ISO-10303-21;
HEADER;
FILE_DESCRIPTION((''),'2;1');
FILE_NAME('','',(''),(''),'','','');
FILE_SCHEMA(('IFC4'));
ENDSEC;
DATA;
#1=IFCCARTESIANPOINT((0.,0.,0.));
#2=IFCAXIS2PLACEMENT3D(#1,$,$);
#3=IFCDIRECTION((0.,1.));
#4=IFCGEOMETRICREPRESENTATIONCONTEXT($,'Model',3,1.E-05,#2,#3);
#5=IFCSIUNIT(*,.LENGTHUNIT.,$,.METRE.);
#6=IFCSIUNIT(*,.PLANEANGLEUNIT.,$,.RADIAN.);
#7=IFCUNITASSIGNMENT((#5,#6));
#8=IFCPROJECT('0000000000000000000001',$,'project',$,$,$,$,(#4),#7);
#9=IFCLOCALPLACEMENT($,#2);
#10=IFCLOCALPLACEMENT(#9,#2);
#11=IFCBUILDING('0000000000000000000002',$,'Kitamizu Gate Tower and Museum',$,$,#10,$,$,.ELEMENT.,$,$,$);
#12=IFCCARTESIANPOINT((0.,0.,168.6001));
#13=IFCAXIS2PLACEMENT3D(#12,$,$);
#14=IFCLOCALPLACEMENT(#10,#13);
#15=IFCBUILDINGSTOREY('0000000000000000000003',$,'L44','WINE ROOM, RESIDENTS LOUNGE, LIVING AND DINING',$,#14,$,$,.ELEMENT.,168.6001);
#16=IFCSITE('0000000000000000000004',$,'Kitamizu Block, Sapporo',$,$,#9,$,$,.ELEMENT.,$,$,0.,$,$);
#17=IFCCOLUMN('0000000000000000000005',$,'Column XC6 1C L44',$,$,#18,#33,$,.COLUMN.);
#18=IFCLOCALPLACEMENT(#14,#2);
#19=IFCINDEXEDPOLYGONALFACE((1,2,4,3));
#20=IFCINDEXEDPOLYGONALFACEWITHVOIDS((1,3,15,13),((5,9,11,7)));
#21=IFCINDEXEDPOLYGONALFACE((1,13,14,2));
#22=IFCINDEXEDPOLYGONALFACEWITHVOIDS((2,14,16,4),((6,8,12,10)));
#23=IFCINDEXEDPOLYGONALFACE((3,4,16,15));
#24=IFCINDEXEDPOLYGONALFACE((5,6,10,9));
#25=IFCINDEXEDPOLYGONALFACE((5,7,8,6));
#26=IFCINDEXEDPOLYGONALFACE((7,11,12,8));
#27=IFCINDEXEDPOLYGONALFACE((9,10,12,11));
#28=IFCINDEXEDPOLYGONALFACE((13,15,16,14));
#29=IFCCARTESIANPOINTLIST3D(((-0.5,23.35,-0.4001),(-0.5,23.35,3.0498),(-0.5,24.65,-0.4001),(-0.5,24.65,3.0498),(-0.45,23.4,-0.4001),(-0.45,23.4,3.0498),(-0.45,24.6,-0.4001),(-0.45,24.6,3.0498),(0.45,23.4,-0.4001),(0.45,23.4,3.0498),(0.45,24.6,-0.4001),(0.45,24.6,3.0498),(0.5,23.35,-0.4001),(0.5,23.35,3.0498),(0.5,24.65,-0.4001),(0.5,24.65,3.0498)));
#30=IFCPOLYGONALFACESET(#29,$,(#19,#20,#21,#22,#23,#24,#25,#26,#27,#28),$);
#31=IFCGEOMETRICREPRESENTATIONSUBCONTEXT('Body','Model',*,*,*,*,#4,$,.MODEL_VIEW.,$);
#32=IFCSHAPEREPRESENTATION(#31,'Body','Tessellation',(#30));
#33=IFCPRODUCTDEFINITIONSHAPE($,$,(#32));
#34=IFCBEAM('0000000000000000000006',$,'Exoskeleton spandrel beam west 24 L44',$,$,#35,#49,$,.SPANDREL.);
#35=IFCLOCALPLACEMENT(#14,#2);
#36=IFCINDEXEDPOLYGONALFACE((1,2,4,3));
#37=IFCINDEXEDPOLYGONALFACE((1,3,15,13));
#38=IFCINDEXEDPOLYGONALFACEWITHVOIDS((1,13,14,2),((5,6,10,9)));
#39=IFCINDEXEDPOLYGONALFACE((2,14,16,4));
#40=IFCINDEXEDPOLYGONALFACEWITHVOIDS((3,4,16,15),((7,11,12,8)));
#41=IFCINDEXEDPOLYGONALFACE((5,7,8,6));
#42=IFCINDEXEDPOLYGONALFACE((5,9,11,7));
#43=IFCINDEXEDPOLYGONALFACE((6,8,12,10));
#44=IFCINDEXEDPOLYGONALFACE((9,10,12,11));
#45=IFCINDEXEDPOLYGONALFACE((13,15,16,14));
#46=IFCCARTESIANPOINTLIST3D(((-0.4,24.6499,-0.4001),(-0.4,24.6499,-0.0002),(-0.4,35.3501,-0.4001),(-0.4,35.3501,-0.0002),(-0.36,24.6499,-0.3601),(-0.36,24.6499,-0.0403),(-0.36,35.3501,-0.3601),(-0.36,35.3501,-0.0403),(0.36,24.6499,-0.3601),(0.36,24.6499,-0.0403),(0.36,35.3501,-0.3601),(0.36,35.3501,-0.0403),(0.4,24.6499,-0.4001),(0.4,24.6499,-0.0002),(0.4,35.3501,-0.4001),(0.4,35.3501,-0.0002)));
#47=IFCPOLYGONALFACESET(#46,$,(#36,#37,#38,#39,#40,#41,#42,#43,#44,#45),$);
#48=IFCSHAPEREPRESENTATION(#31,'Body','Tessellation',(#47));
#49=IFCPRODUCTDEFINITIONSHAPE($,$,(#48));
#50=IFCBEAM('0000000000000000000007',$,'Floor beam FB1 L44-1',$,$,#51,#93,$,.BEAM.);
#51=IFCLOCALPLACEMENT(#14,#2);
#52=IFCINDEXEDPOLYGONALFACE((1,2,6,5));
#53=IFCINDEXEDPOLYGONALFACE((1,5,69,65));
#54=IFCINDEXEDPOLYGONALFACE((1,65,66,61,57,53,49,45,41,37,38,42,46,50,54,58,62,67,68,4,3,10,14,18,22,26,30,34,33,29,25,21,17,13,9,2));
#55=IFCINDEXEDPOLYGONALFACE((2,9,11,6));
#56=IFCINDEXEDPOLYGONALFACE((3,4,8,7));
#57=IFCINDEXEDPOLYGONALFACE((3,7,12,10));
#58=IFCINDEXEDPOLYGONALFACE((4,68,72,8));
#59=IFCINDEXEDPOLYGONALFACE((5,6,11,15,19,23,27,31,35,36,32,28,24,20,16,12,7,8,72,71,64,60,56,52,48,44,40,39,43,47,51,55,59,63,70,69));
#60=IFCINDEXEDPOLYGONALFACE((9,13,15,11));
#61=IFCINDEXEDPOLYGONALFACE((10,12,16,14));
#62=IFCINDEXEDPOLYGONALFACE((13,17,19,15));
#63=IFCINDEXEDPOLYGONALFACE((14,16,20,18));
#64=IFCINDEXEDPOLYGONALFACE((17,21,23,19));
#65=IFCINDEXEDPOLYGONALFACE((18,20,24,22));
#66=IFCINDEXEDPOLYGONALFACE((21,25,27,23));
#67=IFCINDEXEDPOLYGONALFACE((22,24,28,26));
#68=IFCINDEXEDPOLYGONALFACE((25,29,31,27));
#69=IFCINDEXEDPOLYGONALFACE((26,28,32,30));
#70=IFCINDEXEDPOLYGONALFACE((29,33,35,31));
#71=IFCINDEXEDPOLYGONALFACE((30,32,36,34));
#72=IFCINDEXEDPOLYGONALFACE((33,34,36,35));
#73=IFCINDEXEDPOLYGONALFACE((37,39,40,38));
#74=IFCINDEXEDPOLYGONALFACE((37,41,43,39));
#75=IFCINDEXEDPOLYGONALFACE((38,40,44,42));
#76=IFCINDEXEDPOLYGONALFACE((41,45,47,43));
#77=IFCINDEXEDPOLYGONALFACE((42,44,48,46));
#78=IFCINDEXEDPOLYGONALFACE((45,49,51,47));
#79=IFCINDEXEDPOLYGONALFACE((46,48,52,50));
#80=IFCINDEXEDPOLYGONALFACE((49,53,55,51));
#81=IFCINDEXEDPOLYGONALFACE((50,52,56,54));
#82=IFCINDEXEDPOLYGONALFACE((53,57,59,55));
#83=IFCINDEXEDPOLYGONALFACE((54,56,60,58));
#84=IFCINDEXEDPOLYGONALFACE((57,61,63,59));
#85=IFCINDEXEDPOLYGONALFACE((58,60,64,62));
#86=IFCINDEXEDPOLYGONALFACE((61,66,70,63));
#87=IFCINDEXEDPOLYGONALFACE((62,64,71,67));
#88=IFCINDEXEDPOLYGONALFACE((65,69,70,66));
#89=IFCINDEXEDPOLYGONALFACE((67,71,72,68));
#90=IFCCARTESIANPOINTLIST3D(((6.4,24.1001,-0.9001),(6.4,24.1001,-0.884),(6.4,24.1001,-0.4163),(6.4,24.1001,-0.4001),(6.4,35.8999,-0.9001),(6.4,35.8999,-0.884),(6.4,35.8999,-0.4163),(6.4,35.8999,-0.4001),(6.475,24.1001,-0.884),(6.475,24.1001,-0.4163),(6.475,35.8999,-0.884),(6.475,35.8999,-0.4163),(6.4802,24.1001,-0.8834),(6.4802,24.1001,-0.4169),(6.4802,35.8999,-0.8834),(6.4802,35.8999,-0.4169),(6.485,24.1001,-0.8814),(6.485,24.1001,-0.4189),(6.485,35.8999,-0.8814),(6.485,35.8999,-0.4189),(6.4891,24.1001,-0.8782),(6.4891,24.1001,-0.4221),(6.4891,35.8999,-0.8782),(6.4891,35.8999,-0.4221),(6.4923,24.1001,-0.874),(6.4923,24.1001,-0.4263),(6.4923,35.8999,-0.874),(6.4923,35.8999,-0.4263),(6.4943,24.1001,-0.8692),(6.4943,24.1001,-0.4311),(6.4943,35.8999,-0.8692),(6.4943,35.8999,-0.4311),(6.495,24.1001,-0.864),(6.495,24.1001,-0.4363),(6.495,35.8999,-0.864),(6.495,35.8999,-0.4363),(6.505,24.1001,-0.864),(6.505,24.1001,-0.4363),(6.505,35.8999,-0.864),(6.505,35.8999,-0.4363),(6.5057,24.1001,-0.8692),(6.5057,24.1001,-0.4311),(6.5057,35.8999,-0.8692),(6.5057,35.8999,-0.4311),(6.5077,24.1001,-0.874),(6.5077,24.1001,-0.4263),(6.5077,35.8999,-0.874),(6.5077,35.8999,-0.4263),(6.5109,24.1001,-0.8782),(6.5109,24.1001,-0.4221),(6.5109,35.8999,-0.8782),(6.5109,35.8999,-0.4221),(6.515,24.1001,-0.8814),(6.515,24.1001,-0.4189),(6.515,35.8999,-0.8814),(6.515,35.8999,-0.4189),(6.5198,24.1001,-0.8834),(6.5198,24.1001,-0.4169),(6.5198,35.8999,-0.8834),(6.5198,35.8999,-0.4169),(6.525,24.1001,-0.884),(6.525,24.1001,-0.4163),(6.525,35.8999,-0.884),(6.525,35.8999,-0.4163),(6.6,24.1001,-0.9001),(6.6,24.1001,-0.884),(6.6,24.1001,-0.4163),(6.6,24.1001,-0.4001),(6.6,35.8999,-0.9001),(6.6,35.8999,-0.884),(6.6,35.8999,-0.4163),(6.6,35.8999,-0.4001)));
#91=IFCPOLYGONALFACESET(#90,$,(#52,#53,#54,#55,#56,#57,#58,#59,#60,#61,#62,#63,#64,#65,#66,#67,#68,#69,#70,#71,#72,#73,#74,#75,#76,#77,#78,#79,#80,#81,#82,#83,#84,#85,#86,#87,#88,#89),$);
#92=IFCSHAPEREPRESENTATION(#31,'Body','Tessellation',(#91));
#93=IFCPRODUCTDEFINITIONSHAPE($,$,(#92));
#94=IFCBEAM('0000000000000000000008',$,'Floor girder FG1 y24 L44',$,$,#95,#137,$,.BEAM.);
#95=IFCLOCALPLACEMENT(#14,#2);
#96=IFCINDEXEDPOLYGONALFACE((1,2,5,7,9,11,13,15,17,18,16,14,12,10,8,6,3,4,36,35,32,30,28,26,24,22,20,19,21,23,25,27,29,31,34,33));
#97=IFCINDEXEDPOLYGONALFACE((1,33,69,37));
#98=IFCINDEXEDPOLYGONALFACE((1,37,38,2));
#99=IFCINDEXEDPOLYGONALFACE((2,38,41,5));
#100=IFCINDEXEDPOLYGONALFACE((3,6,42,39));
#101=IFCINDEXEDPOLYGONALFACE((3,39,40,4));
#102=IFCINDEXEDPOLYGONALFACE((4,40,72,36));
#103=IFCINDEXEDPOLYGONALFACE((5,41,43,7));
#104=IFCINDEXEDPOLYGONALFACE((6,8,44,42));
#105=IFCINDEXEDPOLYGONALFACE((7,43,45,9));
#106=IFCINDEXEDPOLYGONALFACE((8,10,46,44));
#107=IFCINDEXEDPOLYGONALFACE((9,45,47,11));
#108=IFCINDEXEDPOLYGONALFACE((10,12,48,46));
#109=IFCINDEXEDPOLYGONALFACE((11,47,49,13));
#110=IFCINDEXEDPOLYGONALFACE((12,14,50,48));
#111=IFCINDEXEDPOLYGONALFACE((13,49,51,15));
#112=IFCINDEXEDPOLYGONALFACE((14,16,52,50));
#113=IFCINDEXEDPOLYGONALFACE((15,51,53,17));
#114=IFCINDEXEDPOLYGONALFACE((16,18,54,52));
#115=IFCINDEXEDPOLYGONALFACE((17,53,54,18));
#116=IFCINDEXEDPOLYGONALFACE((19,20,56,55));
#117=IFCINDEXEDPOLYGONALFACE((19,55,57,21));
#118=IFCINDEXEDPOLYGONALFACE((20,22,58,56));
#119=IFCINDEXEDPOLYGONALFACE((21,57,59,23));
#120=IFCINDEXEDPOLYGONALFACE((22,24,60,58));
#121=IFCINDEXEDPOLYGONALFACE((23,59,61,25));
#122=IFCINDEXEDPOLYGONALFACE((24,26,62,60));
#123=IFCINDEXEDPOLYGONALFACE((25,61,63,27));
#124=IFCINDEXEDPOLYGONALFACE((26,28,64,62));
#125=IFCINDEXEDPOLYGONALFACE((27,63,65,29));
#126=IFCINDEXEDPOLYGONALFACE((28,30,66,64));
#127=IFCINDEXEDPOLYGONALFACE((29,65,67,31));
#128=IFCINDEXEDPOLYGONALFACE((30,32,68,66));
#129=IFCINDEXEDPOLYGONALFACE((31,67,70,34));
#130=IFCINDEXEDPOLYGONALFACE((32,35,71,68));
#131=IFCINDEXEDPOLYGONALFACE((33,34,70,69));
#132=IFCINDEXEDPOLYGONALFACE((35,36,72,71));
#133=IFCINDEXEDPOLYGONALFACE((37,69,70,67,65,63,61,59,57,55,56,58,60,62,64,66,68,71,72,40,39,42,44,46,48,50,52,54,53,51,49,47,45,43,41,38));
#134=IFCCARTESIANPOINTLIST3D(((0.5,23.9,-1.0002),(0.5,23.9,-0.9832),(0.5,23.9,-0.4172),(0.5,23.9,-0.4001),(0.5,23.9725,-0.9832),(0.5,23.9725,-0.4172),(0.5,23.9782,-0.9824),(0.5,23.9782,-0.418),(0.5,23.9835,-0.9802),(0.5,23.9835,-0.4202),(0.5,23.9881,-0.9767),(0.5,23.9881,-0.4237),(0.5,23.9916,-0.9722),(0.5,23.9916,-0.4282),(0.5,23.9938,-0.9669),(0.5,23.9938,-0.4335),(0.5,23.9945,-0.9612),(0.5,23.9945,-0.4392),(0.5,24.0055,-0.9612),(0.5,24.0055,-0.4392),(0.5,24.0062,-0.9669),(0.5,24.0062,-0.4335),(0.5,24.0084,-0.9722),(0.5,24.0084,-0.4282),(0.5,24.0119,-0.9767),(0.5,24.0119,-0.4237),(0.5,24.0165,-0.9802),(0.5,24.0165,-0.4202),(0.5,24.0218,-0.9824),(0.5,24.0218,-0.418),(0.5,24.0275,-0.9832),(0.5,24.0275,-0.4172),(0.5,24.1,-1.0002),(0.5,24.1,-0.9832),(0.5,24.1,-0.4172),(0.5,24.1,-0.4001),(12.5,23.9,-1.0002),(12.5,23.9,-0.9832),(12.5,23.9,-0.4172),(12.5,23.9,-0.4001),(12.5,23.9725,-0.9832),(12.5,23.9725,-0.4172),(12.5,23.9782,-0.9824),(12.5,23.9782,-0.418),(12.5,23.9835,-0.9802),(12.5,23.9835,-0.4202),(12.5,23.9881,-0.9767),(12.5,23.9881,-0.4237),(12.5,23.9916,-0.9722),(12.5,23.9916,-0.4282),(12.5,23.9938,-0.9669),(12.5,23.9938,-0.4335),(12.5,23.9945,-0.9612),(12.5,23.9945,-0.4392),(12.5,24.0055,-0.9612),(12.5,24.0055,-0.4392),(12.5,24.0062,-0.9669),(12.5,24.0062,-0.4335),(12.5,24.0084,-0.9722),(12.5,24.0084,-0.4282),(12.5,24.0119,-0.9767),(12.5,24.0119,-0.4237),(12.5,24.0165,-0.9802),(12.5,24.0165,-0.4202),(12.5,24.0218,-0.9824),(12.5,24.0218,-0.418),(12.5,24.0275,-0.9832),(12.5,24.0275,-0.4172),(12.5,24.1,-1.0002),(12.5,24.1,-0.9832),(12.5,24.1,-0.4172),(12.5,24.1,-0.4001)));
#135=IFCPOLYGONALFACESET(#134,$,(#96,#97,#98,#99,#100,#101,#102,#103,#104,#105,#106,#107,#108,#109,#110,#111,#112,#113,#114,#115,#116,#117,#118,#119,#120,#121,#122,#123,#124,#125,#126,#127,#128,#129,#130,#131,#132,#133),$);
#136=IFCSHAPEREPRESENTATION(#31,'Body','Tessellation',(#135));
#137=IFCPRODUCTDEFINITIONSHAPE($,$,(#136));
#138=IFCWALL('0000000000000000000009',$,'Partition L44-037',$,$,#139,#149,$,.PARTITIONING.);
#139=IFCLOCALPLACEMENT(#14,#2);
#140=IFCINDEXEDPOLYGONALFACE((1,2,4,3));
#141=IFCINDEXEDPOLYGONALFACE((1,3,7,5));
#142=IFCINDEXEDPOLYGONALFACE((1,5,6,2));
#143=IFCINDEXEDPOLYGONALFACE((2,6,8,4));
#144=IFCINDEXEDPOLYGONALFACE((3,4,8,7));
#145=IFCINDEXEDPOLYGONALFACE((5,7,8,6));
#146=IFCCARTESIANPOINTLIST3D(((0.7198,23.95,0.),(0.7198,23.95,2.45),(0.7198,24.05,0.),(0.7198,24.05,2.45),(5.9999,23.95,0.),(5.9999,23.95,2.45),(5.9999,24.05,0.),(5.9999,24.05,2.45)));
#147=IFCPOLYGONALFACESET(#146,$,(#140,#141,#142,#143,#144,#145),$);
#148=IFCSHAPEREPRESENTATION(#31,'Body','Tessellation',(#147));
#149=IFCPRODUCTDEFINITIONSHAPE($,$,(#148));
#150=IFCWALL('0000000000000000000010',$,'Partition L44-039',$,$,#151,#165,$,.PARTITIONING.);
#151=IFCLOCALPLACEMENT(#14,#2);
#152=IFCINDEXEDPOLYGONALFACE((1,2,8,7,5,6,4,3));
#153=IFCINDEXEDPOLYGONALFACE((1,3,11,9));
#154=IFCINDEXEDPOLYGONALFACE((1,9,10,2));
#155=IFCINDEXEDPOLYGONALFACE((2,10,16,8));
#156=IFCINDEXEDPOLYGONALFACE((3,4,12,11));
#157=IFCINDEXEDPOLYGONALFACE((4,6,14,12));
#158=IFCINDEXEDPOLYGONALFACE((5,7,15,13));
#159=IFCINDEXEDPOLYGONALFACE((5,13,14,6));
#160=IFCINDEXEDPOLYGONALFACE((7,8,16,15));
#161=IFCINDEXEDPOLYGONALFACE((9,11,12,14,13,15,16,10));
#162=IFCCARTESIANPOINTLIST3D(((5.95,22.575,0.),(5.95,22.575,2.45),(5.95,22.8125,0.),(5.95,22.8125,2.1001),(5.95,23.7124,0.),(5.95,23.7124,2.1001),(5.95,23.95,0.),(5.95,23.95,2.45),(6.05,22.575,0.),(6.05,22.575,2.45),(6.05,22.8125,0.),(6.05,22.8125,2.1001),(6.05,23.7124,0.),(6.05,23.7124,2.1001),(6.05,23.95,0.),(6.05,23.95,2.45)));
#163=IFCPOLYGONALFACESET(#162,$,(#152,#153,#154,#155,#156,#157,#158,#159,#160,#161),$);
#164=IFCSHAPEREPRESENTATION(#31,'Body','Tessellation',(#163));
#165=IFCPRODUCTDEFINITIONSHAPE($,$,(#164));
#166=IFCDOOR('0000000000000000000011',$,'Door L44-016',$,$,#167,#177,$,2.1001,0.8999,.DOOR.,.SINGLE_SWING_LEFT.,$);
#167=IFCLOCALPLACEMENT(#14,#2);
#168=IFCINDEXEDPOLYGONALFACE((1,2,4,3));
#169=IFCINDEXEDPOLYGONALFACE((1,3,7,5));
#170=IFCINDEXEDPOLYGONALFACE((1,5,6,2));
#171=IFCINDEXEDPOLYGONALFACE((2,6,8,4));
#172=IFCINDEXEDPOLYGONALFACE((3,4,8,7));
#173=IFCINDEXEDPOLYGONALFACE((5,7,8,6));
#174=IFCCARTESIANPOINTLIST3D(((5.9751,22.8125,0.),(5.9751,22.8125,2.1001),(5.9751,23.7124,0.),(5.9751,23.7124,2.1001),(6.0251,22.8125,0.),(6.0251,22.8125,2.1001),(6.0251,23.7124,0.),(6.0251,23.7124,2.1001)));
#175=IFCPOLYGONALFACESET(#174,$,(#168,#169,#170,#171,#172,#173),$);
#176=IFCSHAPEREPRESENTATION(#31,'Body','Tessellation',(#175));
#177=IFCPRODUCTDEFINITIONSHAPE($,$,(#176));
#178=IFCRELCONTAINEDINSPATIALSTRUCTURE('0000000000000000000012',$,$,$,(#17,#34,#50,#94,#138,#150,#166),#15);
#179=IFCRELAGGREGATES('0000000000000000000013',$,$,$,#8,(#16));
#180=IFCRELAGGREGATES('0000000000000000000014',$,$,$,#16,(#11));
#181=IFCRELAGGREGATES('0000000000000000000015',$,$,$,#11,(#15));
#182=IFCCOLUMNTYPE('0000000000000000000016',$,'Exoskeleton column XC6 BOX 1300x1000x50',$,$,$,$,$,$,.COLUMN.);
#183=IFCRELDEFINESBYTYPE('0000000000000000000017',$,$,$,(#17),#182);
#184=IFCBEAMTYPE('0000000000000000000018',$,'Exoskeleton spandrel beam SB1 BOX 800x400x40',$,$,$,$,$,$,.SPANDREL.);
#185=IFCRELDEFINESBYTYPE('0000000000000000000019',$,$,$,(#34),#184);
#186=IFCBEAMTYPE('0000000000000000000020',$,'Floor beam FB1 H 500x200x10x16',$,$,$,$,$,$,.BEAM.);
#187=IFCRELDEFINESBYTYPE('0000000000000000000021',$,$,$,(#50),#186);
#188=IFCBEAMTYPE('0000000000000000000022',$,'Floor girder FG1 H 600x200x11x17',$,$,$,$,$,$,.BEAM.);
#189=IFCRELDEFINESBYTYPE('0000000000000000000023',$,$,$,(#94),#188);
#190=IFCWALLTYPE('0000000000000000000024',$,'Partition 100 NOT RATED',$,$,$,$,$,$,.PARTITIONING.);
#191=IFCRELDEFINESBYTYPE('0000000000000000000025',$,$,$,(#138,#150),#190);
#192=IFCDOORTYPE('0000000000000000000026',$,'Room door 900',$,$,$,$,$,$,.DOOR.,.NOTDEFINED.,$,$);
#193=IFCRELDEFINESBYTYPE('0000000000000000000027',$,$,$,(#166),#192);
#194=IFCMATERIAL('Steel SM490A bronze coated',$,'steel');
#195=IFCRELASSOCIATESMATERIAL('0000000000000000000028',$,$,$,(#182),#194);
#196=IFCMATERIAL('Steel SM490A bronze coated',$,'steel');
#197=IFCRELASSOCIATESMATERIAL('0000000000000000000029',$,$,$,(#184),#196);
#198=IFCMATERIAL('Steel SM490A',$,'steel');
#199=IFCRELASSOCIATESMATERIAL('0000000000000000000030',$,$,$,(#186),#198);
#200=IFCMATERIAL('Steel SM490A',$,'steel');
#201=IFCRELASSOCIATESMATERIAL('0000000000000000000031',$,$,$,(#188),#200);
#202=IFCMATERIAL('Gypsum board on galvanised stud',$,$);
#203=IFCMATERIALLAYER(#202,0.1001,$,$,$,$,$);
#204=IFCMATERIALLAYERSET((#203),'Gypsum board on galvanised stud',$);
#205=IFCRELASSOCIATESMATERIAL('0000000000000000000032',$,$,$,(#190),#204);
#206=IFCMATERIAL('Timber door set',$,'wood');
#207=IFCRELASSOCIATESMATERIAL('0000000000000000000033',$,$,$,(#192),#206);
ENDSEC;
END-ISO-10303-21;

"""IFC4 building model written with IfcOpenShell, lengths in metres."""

from ifc_helpers import new_model, si_unit, direction, frame, frame_2d, origin, origin_2d, place, context, subcontext, project, spatial, rectangle, hollow_rectangle, i_section, extrude, material, layer, layer_set, material_profile, profile_set, type_object, element, fill, save


model = new_model("IFC4")

# Units and contexts
model_context = context("Model", 3, precision=1e-05, world=origin(), true_north=direction((0.0, 1.0)))
body_context = subcontext(model_context, "Body", "Model", "MODEL_VIEW")
ifc_project = project(units=[si_unit("LENGTHUNIT", "METRE"), si_unit("PLANEANGLEUNIT", "RADIAN")], contexts=[model_context])

# Site, building, storey
site_placement = place(None, origin())
site = spatial("IfcSite", under=ifc_project, at=site_placement, Name="Kitamizu Block, Sapporo", CompositionType="ELEMENT", RefElevation=0.0)
building_placement = place(site_placement, origin())
building = spatial("IfcBuilding", under=site, at=building_placement, Name="Kitamizu Gate Tower and Museum", CompositionType="ELEMENT")
storey_placement = place(building_placement, frame((0.0, 0.0, 168.6001)))
storey = spatial("IfcBuildingStorey", under=building, at=storey_placement, Name="L44", Description="WINE ROOM, RESIDENTS LOUNGE, LIVING AND DINING", CompositionType="ELEMENT", Elevation=168.6001)

# Column
ifc_material_1 = material(Name="Steel SM490A bronze coated", Category="steel")
ifc_material_profile_1 = material_profile(ifc_material_1, hollow_rectangle(XDim=1.3, YDim=1.0, WallThickness=0.05, at=origin_2d()), Name="BOX 1300x1000x50")
ifc_profile_set_1 = profile_set([ifc_material_profile_1], Name="Steel SM490A bronze coated")
column_type = type_object("IfcColumnType", Name="Exoskeleton column XC6 BOX 1300x1000x50", PredefinedType="COLUMN", material=ifc_profile_set_1)
column_placement = place(storey_placement, frame((0.0, 24.0, -0.4001), z_axis=(0.0, 0.0, 1.0), x_axis=(0.0, 1.0, 0.0)))
element("IfcColumn", 1, at=column_placement, inside=storey, type_object=column_type, Name="Column XC6 1C L44", PredefinedType="COLUMN", context=body_context, shape_type="SweptSolid", body=[
    extrude(hollow_rectangle(XDim=1.3, YDim=1.0, WallThickness=0.05, at=origin_2d()), origin(), (0.0, 0.0, 1.0), 3.45),
])

# Beams
ifc_material_2 = material(Name="Steel SM490A bronze coated", Category="steel")
ifc_material_profile_2 = material_profile(ifc_material_2, hollow_rectangle(XDim=0.8, YDim=0.3999, WallThickness=0.04, at=origin_2d()), Name="BOX 800x400x40")
ifc_profile_set_2 = profile_set([ifc_material_profile_2], Name="Steel SM490A bronze coated")
beam_type_1 = type_object("IfcBeamType", Name="Exoskeleton spandrel beam SB1 BOX 800x400x40", PredefinedType="SPANDREL", material=ifc_profile_set_2)
beam_1_placement = place(storey_placement, frame((0.0, 24.6499, -0.2002), z_axis=(0.0, 1.0, 0.0), x_axis=(-1.0, 0.0, 0.0)))
element("IfcBeam", 2, at=beam_1_placement, inside=storey, type_object=beam_type_1, Name="Exoskeleton spandrel beam west 24 L44", PredefinedType="SPANDREL", context=body_context, shape_type="SweptSolid", body=[
    extrude(hollow_rectangle(XDim=0.8, YDim=0.3999, WallThickness=0.04, at=origin_2d()), origin(), (0.0, 0.0, 1.0), 10.7002),
])
ifc_material_3 = material(Name="Steel SM490A", Category="steel")
ifc_material_profile_3 = material_profile(ifc_material_3, i_section(OverallWidth=0.2, OverallDepth=0.5, WebThickness=0.01, FlangeThickness=0.0161, FilletRadius=0.02, at=origin_2d()), Name="H-500x200x10x16")
ifc_profile_set_3 = profile_set([ifc_material_profile_3], Name="Steel SM490A")
beam_type_2 = type_object("IfcBeamType", Name="Floor beam FB1 H 500x200x10x16", PredefinedType="BEAM", material=ifc_profile_set_3)
beam_2_placement = place(storey_placement, frame((6.5, 24.1001, -0.6501), z_axis=(0.0, 1.0, 0.0), x_axis=(-1.0, 0.0, 0.0)))
element("IfcBeam", 3, at=beam_2_placement, inside=storey, type_object=beam_type_2, Name="Floor beam FB1 L44-1", PredefinedType="BEAM", context=body_context, shape_type="SweptSolid", body=[
    extrude(i_section(OverallWidth=0.2, OverallDepth=0.5, WebThickness=0.01, FlangeThickness=0.0161, FilletRadius=0.02, at=origin_2d()), origin(), (0.0, 0.0, 1.0), 11.7998),
])
ifc_material_4 = material(Name="Steel SM490A", Category="steel")
ifc_material_profile_4 = material_profile(ifc_material_4, i_section(OverallWidth=0.2, OverallDepth=0.6001, WebThickness=0.011, FlangeThickness=0.0171, FilletRadius=0.022, at=origin_2d()), Name="H-600x200x11x17")
ifc_profile_set_4 = profile_set([ifc_material_profile_4], Name="Steel SM490A")
beam_type_3 = type_object("IfcBeamType", Name="Floor girder FG1 H 600x200x11x17", PredefinedType="BEAM", material=ifc_profile_set_4)
beam_3_placement = place(storey_placement, frame((0.5, 24.0, -0.7002), z_axis=(1.0, 0.0, 0.0), x_axis=(0.0, 1.0, 0.0)))
element("IfcBeam", 4, at=beam_3_placement, inside=storey, type_object=beam_type_3, Name="Floor girder FG1 y24 L44", PredefinedType="BEAM", context=body_context, shape_type="SweptSolid", body=[
    extrude(i_section(OverallWidth=0.2, OverallDepth=0.6001, WebThickness=0.011, FlangeThickness=0.0171, FilletRadius=0.022, at=origin_2d()), origin(), (0.0, 0.0, 1.0), 12.0),
])

# Wall
ifc_material_5 = material(Name="Gypsum board on galvanised stud")
ifc_layer_1 = layer(ifc_material_5, 0.1001)
ifc_layer_set_1 = layer_set([ifc_layer_1], Name="Gypsum board on galvanised stud")
wall_type_1 = type_object("IfcWallType", Name="Partition 100 NOT RATED", PredefinedType="PARTITIONING", material=ifc_layer_set_1)
wall_1_placement = place(storey_placement, frame((6.0, 24.0, 0.0), z_axis=(0.0, 0.0, 1.0), x_axis=(-1.0, 0.0, 0.0)))
element("IfcWall", 5, at=wall_1_placement, inside=storey, type_object=wall_type_1, Name="Partition L44-037", PredefinedType="PARTITIONING", context=body_context, shape_type="SweptSolid", body=[
    extrude(rectangle(XDim=5.28, YDim=0.1001, at=frame_2d((2.6401, 0.0))), origin(), (0.0, 0.0, 1.0), 2.45),
])

# Wall, opening, door
wall_2_placement = place(storey_placement, frame((6.0, 22.575, 0.0), z_axis=(0.0, 0.0, 1.0), x_axis=(0.0, 1.0, 0.0)))
wall_2 = element("IfcWall", 6, at=wall_2_placement, inside=storey, type_object=wall_type_1, Name="Partition L44-039", PredefinedType="PARTITIONING", context=body_context, shape_type="SweptSolid", body=[
    extrude(rectangle(XDim=1.375, YDim=0.1001, at=frame_2d((0.6875, 0.0))), origin(), (0.0, 0.0, 1.0), 2.45),
])
opening_1_placement = place(wall_2_placement, frame((0.2375, 0.0, 0.0)))
opening_1 = element("IfcOpeningElement", 7, at=opening_1_placement, cuts=wall_2, PredefinedType="OPENING", context=body_context, shape_type="SweptSolid", body=[
    extrude(rectangle(XDim=0.8999, YDim=2.1001, at=frame_2d((0.45, 1.05))), frame((0.0, 0.0601, 0.0), z_axis=(0.0, -1.0, 0.0), x_axis=(1.0, 0.0, 0.0)), (0.0, 0.0, 1.0), 0.1201),
])
ifc_material_6 = material(Name="Timber door set", Category="wood")
door_type_1 = type_object("IfcDoorType", Name="Room door 900", OperationType="NOTDEFINED", PredefinedType="DOOR", material=ifc_material_6)
door_1_placement = place(opening_1_placement, origin())
door_1 = element("IfcDoor", 8, at=door_1_placement, inside=storey, type_object=door_type_1, Name="Door L44-016", OperationType="SINGLE_SWING_LEFT", OverallHeight=2.1001, OverallWidth=0.8999, PredefinedType="DOOR", context=body_context, shape_type="SweptSolid", body=[
    extrude(rectangle(XDim=0.8999, YDim=2.1001, at=frame_2d((0.45, 1.05))), frame((0.0, 0.0249, 0.0), z_axis=(0.0, -1.0, 0.0), x_axis=(1.0, 0.0, 0.0)), (0.0, 0.0, 1.0), 0.05),
])
fill(opening_1, door_1)

save(model, "model.ifc")
